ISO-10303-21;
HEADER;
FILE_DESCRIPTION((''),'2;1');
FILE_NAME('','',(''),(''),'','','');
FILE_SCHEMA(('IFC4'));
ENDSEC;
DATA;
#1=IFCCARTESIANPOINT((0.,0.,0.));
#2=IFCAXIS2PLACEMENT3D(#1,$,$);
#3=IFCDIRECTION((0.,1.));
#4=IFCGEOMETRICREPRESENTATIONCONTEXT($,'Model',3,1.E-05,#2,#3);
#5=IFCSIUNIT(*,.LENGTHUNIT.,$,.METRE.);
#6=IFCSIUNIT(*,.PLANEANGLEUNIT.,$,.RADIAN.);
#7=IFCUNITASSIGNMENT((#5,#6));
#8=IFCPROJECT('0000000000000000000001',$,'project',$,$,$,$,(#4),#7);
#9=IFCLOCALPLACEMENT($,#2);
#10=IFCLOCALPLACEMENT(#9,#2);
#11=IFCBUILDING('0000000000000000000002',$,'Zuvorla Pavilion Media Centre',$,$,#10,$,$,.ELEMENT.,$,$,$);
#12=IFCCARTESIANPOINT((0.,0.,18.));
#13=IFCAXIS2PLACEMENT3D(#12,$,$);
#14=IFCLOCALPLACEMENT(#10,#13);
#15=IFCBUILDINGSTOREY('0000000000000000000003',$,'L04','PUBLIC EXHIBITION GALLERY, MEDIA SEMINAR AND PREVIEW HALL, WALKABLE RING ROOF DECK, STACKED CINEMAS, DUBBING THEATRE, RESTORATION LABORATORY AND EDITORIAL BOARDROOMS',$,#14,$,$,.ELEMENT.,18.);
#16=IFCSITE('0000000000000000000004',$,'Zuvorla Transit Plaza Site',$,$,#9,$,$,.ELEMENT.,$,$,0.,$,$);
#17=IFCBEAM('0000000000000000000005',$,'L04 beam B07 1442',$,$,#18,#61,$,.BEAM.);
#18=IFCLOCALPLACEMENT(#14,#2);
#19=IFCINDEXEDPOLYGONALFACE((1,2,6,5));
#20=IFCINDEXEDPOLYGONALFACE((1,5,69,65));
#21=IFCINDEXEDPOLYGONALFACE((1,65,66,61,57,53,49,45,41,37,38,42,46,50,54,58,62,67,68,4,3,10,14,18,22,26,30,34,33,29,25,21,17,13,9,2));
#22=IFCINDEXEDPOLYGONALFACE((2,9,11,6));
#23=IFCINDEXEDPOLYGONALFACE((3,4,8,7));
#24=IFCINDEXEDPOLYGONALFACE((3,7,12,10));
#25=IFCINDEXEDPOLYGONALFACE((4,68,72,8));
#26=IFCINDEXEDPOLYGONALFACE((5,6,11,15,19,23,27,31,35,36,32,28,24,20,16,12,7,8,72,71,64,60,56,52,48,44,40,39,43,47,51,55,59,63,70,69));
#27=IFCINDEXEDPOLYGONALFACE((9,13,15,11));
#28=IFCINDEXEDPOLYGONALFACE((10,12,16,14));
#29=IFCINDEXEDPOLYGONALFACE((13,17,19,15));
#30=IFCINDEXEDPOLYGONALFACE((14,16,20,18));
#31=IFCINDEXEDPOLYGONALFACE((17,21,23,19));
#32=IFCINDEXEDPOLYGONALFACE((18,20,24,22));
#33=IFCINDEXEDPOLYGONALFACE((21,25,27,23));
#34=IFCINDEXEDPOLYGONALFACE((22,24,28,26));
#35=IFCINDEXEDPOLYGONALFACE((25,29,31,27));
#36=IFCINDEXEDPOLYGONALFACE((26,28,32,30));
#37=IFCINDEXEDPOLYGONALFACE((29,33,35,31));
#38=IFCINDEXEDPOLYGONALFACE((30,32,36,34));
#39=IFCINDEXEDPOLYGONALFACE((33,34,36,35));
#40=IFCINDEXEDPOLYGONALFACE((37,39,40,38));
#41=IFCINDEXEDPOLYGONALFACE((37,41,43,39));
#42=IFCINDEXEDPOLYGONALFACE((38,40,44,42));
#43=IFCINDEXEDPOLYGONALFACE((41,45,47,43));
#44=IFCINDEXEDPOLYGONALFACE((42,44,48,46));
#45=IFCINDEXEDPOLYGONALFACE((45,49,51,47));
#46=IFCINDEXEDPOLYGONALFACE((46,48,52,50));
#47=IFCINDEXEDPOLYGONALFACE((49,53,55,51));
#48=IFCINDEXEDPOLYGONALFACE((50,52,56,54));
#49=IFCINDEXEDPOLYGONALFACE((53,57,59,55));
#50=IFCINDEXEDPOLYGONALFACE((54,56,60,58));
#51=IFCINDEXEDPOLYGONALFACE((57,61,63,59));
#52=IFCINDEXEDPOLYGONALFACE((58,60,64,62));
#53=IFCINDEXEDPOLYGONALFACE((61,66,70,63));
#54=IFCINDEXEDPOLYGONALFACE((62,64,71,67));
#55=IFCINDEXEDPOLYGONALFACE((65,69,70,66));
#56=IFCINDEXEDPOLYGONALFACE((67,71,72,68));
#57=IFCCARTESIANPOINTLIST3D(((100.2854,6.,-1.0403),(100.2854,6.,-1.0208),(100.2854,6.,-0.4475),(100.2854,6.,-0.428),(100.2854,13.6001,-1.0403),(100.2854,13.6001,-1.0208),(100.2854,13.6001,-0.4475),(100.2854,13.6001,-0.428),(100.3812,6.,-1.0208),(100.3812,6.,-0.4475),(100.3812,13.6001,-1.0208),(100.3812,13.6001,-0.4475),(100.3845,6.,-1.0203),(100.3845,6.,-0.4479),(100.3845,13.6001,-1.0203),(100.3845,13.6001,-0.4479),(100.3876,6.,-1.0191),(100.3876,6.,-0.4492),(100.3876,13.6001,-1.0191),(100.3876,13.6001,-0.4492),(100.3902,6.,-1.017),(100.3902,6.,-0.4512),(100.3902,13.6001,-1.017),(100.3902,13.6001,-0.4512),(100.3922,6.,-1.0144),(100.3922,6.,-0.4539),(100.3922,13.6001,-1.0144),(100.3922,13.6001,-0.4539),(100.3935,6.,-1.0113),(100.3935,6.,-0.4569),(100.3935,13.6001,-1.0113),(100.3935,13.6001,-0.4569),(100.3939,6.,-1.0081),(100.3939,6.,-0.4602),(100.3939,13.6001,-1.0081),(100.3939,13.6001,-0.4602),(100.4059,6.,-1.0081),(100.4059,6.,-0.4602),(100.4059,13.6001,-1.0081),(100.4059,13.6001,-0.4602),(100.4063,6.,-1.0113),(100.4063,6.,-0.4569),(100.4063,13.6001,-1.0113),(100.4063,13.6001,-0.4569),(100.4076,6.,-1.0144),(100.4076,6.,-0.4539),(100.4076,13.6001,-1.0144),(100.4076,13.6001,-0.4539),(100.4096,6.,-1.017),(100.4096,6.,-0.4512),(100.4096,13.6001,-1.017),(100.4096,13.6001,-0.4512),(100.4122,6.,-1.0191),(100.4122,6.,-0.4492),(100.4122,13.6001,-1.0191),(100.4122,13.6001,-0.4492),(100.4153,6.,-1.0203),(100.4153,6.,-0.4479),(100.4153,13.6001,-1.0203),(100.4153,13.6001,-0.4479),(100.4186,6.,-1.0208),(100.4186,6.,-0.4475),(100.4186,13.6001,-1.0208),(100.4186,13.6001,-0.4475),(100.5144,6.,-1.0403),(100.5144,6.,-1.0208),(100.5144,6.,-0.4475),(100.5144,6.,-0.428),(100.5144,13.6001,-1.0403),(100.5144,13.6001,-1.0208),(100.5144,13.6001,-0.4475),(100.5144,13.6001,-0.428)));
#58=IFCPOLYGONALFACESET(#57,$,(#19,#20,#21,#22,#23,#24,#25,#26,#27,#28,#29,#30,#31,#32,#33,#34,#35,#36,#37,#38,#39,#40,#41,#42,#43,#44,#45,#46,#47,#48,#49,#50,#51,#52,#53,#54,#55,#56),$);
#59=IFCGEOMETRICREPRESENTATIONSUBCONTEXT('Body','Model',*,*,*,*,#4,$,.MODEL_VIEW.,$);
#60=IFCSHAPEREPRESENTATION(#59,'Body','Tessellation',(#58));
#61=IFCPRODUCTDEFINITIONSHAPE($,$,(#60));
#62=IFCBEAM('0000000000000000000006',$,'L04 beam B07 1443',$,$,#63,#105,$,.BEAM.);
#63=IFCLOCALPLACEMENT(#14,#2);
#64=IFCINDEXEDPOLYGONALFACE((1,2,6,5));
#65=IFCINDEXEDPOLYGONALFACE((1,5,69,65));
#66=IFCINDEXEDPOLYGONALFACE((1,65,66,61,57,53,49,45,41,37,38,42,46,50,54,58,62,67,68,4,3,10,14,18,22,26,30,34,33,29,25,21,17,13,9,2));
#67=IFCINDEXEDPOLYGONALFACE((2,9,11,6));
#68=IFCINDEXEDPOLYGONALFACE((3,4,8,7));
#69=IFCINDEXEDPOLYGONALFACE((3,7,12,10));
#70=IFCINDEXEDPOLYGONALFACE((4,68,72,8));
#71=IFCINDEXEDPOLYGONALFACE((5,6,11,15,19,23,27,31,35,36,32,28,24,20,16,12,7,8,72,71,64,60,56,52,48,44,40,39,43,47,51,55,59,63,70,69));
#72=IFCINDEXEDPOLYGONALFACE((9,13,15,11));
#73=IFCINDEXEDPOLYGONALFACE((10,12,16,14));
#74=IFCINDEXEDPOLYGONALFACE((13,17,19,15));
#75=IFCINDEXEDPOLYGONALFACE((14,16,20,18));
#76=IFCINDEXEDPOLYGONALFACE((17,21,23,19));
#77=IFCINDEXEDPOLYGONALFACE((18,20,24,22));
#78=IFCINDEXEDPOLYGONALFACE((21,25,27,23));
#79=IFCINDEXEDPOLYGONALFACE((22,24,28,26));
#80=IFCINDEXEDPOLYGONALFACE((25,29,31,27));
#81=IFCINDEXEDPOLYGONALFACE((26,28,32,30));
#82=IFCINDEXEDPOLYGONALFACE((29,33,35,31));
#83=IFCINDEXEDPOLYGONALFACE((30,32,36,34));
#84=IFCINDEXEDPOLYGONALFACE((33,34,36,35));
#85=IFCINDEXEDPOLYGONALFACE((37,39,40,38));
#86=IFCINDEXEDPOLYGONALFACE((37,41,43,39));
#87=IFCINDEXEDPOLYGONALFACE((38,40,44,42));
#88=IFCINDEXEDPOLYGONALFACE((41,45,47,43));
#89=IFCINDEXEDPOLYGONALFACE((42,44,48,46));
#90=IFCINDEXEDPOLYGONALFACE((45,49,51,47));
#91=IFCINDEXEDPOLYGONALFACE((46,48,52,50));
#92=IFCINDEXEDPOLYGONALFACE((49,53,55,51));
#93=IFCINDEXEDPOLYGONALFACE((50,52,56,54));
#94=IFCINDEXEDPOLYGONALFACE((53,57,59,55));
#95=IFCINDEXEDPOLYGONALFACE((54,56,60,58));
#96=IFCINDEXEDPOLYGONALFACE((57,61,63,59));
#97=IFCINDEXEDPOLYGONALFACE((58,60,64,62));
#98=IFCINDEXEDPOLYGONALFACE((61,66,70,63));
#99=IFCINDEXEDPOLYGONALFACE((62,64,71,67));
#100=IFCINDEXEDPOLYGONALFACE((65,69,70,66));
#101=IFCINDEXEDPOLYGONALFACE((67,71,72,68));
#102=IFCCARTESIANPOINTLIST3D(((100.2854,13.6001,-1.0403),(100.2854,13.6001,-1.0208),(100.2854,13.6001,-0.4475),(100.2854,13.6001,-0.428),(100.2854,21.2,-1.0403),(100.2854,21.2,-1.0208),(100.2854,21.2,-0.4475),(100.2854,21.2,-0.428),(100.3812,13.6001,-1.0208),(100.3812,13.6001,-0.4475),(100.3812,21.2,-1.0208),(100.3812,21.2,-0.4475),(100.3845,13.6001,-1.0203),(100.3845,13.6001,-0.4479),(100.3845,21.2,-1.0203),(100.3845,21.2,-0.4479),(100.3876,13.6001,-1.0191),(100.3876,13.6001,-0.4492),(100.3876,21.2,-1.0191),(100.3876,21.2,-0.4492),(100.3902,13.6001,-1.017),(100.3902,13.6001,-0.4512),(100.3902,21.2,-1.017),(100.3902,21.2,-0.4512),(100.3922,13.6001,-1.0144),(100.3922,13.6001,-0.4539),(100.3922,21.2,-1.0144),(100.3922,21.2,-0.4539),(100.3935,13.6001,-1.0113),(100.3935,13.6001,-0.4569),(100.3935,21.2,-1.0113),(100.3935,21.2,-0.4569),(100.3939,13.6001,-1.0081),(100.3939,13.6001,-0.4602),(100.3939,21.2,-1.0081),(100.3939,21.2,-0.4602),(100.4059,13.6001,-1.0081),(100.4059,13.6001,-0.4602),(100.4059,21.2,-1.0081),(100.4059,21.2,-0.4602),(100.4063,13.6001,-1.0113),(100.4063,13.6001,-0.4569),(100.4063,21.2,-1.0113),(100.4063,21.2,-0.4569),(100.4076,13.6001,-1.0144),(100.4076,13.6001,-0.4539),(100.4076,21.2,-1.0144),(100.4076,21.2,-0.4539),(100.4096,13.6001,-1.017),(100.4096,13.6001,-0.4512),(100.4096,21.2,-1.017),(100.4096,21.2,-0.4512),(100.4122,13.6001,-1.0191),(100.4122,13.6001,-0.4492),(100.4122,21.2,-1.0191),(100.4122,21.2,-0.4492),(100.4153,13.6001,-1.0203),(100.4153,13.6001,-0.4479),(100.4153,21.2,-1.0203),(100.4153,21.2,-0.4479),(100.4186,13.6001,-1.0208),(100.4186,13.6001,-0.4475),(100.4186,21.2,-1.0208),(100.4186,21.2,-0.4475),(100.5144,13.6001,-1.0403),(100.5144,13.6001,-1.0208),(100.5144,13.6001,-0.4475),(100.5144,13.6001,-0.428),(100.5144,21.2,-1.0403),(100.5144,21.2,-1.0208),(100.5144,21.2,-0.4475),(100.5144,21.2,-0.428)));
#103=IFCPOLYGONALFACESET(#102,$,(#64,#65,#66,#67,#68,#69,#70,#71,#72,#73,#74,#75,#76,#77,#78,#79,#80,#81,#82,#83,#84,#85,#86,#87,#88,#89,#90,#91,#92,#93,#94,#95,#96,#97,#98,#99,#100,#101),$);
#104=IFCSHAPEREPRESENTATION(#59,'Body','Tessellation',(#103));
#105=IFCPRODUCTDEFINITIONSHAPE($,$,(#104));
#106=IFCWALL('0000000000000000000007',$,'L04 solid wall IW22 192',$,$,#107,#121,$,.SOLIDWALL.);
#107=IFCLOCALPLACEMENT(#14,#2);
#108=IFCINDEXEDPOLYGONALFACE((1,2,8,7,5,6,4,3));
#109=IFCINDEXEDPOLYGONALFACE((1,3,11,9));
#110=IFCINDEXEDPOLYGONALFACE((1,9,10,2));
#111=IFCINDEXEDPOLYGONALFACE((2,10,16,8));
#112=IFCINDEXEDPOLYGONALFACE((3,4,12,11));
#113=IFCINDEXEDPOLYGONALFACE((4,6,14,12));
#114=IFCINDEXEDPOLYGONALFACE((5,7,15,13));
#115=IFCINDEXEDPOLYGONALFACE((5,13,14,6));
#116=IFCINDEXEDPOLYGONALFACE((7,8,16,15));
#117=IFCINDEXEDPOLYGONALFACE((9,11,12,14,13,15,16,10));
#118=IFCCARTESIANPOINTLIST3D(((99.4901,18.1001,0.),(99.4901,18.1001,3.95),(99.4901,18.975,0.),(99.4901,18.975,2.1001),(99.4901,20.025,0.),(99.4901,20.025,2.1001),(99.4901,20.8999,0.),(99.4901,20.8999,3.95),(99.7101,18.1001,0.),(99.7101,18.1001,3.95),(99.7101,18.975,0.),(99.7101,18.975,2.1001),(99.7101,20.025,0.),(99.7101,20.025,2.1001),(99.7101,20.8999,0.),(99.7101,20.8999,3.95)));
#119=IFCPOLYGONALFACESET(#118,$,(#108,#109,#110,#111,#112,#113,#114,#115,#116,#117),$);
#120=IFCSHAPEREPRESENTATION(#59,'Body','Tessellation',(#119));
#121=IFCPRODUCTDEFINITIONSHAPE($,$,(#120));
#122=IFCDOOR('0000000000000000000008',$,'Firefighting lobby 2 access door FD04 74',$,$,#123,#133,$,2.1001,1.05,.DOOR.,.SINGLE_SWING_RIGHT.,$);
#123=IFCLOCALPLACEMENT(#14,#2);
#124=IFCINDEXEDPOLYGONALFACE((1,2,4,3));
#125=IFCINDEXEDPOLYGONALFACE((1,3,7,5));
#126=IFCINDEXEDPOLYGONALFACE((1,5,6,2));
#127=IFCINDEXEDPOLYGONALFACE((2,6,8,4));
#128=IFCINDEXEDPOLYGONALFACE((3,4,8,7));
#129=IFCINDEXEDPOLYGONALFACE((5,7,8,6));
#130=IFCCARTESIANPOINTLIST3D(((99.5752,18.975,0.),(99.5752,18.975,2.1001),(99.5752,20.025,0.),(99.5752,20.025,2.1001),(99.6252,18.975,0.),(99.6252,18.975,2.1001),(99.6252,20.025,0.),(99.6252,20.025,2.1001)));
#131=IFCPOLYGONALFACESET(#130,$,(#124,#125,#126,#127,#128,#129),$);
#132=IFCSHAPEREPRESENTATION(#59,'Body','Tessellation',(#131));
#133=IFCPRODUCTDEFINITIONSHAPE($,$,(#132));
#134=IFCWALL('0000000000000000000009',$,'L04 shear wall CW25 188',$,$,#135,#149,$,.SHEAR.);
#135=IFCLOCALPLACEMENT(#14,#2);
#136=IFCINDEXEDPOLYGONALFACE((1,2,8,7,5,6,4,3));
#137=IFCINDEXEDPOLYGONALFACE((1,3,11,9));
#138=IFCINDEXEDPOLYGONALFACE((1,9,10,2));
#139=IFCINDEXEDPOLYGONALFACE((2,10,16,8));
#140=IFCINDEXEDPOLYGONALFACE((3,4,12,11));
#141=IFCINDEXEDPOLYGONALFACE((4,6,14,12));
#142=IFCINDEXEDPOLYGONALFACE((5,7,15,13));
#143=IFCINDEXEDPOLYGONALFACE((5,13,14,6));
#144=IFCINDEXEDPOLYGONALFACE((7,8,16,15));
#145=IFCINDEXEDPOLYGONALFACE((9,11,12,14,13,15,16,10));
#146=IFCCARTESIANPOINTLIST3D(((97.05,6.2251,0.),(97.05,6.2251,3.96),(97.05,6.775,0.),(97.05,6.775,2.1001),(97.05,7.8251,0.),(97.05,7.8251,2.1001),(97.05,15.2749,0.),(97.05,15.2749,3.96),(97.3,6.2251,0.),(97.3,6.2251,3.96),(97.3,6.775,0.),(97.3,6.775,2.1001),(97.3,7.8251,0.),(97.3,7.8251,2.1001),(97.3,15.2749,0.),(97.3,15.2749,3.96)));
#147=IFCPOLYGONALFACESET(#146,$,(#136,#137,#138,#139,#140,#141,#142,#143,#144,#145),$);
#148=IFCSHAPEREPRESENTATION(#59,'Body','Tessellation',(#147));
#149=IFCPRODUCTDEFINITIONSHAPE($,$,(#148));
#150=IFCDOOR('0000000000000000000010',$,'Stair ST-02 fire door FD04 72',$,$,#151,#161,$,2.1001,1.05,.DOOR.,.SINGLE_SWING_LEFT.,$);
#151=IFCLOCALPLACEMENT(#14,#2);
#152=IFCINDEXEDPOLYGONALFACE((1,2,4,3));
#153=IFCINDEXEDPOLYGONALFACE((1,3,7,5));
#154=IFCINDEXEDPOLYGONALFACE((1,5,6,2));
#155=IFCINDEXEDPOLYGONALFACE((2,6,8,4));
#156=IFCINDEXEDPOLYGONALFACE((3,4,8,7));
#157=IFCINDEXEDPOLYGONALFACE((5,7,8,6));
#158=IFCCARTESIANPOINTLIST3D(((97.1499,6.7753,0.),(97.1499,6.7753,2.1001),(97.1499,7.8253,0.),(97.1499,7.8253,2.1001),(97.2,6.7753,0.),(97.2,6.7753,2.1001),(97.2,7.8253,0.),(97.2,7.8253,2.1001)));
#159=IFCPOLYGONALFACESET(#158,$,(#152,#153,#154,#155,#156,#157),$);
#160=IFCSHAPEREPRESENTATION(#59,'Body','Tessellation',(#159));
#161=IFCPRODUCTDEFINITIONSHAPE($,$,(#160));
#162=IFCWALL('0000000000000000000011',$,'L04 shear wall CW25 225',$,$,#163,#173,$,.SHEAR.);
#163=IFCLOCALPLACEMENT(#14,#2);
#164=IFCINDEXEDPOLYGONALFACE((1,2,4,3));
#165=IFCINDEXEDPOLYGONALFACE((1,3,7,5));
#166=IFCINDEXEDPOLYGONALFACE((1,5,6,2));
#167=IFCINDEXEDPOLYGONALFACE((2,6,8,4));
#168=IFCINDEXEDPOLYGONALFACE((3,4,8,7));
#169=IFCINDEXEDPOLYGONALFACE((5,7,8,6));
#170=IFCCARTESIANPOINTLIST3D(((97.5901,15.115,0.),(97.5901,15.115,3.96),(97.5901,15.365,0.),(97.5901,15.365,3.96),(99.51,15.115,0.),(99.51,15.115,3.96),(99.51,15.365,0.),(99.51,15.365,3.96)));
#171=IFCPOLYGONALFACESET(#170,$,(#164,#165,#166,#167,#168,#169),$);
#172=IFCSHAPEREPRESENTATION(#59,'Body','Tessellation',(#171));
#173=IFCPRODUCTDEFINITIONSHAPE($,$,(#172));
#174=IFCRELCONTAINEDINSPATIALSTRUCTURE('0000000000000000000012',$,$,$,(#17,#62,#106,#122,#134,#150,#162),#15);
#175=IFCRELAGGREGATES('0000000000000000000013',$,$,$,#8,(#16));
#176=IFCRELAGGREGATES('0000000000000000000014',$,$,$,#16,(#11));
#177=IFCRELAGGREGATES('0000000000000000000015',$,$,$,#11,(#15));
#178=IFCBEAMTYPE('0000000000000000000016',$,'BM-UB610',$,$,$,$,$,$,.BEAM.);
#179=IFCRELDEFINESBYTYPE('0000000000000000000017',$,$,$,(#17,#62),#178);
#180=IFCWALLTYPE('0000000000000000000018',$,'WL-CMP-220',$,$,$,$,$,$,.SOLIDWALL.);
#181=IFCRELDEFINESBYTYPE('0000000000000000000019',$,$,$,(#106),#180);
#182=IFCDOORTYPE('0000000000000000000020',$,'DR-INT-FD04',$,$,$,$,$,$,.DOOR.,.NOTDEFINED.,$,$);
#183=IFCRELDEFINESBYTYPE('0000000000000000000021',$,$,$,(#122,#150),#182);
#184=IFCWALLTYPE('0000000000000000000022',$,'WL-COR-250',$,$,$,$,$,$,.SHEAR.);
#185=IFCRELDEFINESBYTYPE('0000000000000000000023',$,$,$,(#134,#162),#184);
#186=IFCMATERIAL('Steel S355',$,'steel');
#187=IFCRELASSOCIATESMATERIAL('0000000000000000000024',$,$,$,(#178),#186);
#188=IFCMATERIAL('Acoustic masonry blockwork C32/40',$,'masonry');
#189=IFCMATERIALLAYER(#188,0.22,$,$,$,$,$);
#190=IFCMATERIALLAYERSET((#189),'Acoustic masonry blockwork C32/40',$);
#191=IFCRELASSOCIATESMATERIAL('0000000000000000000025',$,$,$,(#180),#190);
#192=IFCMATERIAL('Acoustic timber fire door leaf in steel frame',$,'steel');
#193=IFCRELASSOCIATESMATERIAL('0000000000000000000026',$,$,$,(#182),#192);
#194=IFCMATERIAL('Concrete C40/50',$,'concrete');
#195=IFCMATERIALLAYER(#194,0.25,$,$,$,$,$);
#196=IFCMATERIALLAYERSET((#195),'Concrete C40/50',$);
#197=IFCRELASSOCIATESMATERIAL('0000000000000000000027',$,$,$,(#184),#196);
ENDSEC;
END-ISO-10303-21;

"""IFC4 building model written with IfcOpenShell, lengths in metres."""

from ifc_helpers import new_model, si_unit, direction, frame, frame_2d, origin, origin_2d, place, context, subcontext, project, spatial, rectangle, i_section, extrude, material, layer, layer_set, material_profile, profile_set, type_object, element, fill, save


model = new_model("IFC4")

# Units and contexts
model_context = context("Model", 3, precision=1e-05, world=origin(), true_north=direction((0.0, 1.0)))
body_context = subcontext(model_context, "Body", "Model", "MODEL_VIEW")
ifc_project = project(units=[si_unit("LENGTHUNIT", "METRE"), si_unit("PLANEANGLEUNIT", "RADIAN")], contexts=[model_context])

# Site, building, storey
site_placement = place(None, origin())
site = spatial("IfcSite", under=ifc_project, at=site_placement, Name="Zuvorla Transit Plaza Site", CompositionType="ELEMENT", RefElevation=0.0)
building_placement = place(site_placement, origin())
building = spatial("IfcBuilding", under=site, at=building_placement, Name="Zuvorla Pavilion Media Centre", CompositionType="ELEMENT")
storey_placement = place(building_placement, frame((0.0, 0.0, 18.0)))
storey = spatial("IfcBuildingStorey", under=building, at=storey_placement, Name="L04", Description="PUBLIC EXHIBITION GALLERY, MEDIA SEMINAR AND PREVIEW HALL, WALKABLE RING ROOF DECK, STACKED CINEMAS, DUBBING THEATRE, RESTORATION LABORATORY AND EDITORIAL BOARDROOMS", CompositionType="ELEMENT", Elevation=18.0)

# Shared definitions
ifc_material_1 = material(Name="Concrete C40/50", Category="concrete")

# Beams
ifc_material_2 = material(Name="Steel S355", Category="steel")
ifc_material_profile_1 = material_profile(ifc_material_2, i_section(OverallWidth=0.229, OverallDepth=0.6123, WebThickness=0.012, FlangeThickness=0.0195, FilletRadius=0.0127, at=origin_2d()), Name="UB 610x229x125")
ifc_profile_set_1 = profile_set([ifc_material_profile_1], Name="Steel S355")
beam_type_1 = type_object("IfcBeamType", Name="BM-UB610", PredefinedType="BEAM", material=ifc_profile_set_1)
beam_1_placement = place(storey_placement, frame((100.3999, 6.0, -0.7341), z_axis=(0.0, 1.0, 0.0), x_axis=(-1.0, 0.0, 0.0)))
element("IfcBeam", 1, at=beam_1_placement, inside=storey, type_object=beam_type_1, Name="L04 beam B07 1442", PredefinedType="BEAM", context=body_context, shape_type="SweptSolid", body=[
    extrude(i_section(OverallWidth=0.229, OverallDepth=0.6123, WebThickness=0.012, FlangeThickness=0.0195, FilletRadius=0.0127, at=origin_2d()), origin(), (0.0, 0.0, 1.0), 7.6001),
])
beam_2_placement = place(storey_placement, frame((100.3999, 13.6001, -0.7341), z_axis=(0.0, 1.0, 0.0), x_axis=(-1.0, 0.0, 0.0)))
element("IfcBeam", 2, at=beam_2_placement, inside=storey, type_object=beam_type_1, Name="L04 beam B07 1443", PredefinedType="BEAM", context=body_context, shape_type="SweptSolid", body=[
    extrude(i_section(OverallWidth=0.229, OverallDepth=0.6123, WebThickness=0.012, FlangeThickness=0.0195, FilletRadius=0.0127, at=origin_2d()), origin(), (0.0, 0.0, 1.0), 7.5999),
])

# Walls, openings, doors
ifc_material_3 = material(Name="Acoustic masonry blockwork C32/40", Category="masonry")
ifc_layer_1 = layer(ifc_material_3, 0.22)
ifc_layer_set_1 = layer_set([ifc_layer_1], Name="Acoustic masonry blockwork C32/40")
wall_type_1 = type_object("IfcWallType", Name="WL-CMP-220", PredefinedType="SOLIDWALL", material=ifc_layer_set_1)
wall_1_placement = place(storey_placement, frame((99.6001, 18.1001, 0.0), z_axis=(0.0, 0.0, 1.0), x_axis=(0.0, 1.0, 0.0)))
wall_1 = element("IfcWall", 3, at=wall_1_placement, inside=storey, type_object=wall_type_1, Name="L04 solid wall IW22 192", PredefinedType="SOLIDWALL", context=body_context, shape_type="SweptSolid", body=[
    extrude(rectangle(XDim=2.7998, YDim=0.22, at=frame_2d((1.3999, 0.0))), origin(), (0.0, 0.0, 1.0), 3.95),
])
opening_1_placement = place(wall_1_placement, frame((0.875, 0.0, 0.0)))
opening_1 = element("IfcOpeningElement", 4, at=opening_1_placement, cuts=wall_1, PredefinedType="OPENING", context=body_context, shape_type="SweptSolid", body=[
    extrude(rectangle(XDim=1.05, YDim=2.1001, at=frame_2d((0.5249, 1.05))), frame((0.0, 0.1199, 0.0), z_axis=(0.0, -1.0, 0.0), x_axis=(1.0, 0.0, 0.0)), (0.0, 0.0, 1.0), 0.24),
])
ifc_material_4 = material(Name="Acoustic timber fire door leaf in steel frame", Category="steel")
door_type_1 = type_object("IfcDoorType", Name="DR-INT-FD04", OperationType="NOTDEFINED", PredefinedType="DOOR", material=ifc_material_4)
door_1_placement = place(opening_1_placement, origin())
door_1 = element("IfcDoor", 5, at=door_1_placement, inside=storey, type_object=door_type_1, Name="Firefighting lobby 2 access door FD04 74", OperationType="SINGLE_SWING_RIGHT", OverallHeight=2.1001, OverallWidth=1.05, PredefinedType="DOOR", context=body_context, shape_type="SweptSolid", body=[
    extrude(rectangle(XDim=1.05, YDim=2.1001, at=frame_2d((0.5249, 1.05))), frame((0.0, 0.0249, 0.0), z_axis=(0.0, -1.0, 0.0), x_axis=(1.0, 0.0, 0.0)), (0.0, 0.0, 1.0), 0.05),
])
fill(opening_1, door_1)
ifc_layer_2 = layer(ifc_material_1, 0.25)
ifc_layer_set_2 = layer_set([ifc_layer_2], Name="Concrete C40/50")
wall_type_2 = type_object("IfcWallType", Name="WL-COR-250", PredefinedType="SHEAR", material=ifc_layer_set_2)
wall_2_placement = place(storey_placement, frame((97.175, 6.2251, 0.0), z_axis=(0.0, 0.0, 1.0), x_axis=(0.0, 1.0, 0.0)))
wall_2 = element("IfcWall", 6, at=wall_2_placement, inside=storey, type_object=wall_type_2, Name="L04 shear wall CW25 188", PredefinedType="SHEAR", context=body_context, shape_type="SweptSolid", body=[
    extrude(rectangle(XDim=9.0498, YDim=0.25, at=frame_2d((4.5249, 0.0))), origin(), (0.0, 0.0, 1.0), 3.96),
])
opening_2_placement = place(wall_2_placement, frame((0.55, 0.0, 0.0)))
opening_2 = element("IfcOpeningElement", 7, at=opening_2_placement, cuts=wall_2, PredefinedType="OPENING", context=body_context, shape_type="SweptSolid", body=[
    extrude(rectangle(XDim=1.05, YDim=2.1001, at=frame_2d((0.5249, 1.05))), frame((0.0, 0.135, 0.0), z_axis=(0.0, -1.0, 0.0), x_axis=(1.0, 0.0, 0.0)), (0.0, 0.0, 1.0), 0.27),
])
door_2_placement = place(opening_2_placement, frame((1.05, 0.0, 0.0), z_axis=(0.0, 0.0, 1.0), x_axis=(-1.0, 0.0, 0.0)))
door_2 = element("IfcDoor", 8, at=door_2_placement, inside=storey, type_object=door_type_1, Name="Stair ST-02 fire door FD04 72", OperationType="SINGLE_SWING_LEFT", OverallHeight=2.1001, OverallWidth=1.05, PredefinedType="DOOR", context=body_context, shape_type="SweptSolid", body=[
    extrude(rectangle(XDim=1.05, YDim=2.1001, at=frame_2d((0.5249, 1.05))), frame((0.0, 0.0249, 0.0), z_axis=(0.0, -1.0, 0.0), x_axis=(1.0, 0.0, 0.0)), (0.0, 0.0, 1.0), 0.05),
])
fill(opening_2, door_2)

# Wall
wall_3_placement = place(storey_placement, frame((97.5901, 15.24, 0.0), z_axis=(0.0, 0.0, 1.0), x_axis=(1.0, 0.0, 0.0)))
element("IfcWall", 9, at=wall_3_placement, inside=storey, type_object=wall_type_2, Name="L04 shear wall CW25 225", PredefinedType="SHEAR", context=body_context, shape_type="SweptSolid", body=[
    extrude(rectangle(XDim=1.9199, YDim=0.25, at=frame_2d((0.96, 0.0))), origin(), (0.0, 0.0, 1.0), 3.96),
])

save(model, "model.ifc")
